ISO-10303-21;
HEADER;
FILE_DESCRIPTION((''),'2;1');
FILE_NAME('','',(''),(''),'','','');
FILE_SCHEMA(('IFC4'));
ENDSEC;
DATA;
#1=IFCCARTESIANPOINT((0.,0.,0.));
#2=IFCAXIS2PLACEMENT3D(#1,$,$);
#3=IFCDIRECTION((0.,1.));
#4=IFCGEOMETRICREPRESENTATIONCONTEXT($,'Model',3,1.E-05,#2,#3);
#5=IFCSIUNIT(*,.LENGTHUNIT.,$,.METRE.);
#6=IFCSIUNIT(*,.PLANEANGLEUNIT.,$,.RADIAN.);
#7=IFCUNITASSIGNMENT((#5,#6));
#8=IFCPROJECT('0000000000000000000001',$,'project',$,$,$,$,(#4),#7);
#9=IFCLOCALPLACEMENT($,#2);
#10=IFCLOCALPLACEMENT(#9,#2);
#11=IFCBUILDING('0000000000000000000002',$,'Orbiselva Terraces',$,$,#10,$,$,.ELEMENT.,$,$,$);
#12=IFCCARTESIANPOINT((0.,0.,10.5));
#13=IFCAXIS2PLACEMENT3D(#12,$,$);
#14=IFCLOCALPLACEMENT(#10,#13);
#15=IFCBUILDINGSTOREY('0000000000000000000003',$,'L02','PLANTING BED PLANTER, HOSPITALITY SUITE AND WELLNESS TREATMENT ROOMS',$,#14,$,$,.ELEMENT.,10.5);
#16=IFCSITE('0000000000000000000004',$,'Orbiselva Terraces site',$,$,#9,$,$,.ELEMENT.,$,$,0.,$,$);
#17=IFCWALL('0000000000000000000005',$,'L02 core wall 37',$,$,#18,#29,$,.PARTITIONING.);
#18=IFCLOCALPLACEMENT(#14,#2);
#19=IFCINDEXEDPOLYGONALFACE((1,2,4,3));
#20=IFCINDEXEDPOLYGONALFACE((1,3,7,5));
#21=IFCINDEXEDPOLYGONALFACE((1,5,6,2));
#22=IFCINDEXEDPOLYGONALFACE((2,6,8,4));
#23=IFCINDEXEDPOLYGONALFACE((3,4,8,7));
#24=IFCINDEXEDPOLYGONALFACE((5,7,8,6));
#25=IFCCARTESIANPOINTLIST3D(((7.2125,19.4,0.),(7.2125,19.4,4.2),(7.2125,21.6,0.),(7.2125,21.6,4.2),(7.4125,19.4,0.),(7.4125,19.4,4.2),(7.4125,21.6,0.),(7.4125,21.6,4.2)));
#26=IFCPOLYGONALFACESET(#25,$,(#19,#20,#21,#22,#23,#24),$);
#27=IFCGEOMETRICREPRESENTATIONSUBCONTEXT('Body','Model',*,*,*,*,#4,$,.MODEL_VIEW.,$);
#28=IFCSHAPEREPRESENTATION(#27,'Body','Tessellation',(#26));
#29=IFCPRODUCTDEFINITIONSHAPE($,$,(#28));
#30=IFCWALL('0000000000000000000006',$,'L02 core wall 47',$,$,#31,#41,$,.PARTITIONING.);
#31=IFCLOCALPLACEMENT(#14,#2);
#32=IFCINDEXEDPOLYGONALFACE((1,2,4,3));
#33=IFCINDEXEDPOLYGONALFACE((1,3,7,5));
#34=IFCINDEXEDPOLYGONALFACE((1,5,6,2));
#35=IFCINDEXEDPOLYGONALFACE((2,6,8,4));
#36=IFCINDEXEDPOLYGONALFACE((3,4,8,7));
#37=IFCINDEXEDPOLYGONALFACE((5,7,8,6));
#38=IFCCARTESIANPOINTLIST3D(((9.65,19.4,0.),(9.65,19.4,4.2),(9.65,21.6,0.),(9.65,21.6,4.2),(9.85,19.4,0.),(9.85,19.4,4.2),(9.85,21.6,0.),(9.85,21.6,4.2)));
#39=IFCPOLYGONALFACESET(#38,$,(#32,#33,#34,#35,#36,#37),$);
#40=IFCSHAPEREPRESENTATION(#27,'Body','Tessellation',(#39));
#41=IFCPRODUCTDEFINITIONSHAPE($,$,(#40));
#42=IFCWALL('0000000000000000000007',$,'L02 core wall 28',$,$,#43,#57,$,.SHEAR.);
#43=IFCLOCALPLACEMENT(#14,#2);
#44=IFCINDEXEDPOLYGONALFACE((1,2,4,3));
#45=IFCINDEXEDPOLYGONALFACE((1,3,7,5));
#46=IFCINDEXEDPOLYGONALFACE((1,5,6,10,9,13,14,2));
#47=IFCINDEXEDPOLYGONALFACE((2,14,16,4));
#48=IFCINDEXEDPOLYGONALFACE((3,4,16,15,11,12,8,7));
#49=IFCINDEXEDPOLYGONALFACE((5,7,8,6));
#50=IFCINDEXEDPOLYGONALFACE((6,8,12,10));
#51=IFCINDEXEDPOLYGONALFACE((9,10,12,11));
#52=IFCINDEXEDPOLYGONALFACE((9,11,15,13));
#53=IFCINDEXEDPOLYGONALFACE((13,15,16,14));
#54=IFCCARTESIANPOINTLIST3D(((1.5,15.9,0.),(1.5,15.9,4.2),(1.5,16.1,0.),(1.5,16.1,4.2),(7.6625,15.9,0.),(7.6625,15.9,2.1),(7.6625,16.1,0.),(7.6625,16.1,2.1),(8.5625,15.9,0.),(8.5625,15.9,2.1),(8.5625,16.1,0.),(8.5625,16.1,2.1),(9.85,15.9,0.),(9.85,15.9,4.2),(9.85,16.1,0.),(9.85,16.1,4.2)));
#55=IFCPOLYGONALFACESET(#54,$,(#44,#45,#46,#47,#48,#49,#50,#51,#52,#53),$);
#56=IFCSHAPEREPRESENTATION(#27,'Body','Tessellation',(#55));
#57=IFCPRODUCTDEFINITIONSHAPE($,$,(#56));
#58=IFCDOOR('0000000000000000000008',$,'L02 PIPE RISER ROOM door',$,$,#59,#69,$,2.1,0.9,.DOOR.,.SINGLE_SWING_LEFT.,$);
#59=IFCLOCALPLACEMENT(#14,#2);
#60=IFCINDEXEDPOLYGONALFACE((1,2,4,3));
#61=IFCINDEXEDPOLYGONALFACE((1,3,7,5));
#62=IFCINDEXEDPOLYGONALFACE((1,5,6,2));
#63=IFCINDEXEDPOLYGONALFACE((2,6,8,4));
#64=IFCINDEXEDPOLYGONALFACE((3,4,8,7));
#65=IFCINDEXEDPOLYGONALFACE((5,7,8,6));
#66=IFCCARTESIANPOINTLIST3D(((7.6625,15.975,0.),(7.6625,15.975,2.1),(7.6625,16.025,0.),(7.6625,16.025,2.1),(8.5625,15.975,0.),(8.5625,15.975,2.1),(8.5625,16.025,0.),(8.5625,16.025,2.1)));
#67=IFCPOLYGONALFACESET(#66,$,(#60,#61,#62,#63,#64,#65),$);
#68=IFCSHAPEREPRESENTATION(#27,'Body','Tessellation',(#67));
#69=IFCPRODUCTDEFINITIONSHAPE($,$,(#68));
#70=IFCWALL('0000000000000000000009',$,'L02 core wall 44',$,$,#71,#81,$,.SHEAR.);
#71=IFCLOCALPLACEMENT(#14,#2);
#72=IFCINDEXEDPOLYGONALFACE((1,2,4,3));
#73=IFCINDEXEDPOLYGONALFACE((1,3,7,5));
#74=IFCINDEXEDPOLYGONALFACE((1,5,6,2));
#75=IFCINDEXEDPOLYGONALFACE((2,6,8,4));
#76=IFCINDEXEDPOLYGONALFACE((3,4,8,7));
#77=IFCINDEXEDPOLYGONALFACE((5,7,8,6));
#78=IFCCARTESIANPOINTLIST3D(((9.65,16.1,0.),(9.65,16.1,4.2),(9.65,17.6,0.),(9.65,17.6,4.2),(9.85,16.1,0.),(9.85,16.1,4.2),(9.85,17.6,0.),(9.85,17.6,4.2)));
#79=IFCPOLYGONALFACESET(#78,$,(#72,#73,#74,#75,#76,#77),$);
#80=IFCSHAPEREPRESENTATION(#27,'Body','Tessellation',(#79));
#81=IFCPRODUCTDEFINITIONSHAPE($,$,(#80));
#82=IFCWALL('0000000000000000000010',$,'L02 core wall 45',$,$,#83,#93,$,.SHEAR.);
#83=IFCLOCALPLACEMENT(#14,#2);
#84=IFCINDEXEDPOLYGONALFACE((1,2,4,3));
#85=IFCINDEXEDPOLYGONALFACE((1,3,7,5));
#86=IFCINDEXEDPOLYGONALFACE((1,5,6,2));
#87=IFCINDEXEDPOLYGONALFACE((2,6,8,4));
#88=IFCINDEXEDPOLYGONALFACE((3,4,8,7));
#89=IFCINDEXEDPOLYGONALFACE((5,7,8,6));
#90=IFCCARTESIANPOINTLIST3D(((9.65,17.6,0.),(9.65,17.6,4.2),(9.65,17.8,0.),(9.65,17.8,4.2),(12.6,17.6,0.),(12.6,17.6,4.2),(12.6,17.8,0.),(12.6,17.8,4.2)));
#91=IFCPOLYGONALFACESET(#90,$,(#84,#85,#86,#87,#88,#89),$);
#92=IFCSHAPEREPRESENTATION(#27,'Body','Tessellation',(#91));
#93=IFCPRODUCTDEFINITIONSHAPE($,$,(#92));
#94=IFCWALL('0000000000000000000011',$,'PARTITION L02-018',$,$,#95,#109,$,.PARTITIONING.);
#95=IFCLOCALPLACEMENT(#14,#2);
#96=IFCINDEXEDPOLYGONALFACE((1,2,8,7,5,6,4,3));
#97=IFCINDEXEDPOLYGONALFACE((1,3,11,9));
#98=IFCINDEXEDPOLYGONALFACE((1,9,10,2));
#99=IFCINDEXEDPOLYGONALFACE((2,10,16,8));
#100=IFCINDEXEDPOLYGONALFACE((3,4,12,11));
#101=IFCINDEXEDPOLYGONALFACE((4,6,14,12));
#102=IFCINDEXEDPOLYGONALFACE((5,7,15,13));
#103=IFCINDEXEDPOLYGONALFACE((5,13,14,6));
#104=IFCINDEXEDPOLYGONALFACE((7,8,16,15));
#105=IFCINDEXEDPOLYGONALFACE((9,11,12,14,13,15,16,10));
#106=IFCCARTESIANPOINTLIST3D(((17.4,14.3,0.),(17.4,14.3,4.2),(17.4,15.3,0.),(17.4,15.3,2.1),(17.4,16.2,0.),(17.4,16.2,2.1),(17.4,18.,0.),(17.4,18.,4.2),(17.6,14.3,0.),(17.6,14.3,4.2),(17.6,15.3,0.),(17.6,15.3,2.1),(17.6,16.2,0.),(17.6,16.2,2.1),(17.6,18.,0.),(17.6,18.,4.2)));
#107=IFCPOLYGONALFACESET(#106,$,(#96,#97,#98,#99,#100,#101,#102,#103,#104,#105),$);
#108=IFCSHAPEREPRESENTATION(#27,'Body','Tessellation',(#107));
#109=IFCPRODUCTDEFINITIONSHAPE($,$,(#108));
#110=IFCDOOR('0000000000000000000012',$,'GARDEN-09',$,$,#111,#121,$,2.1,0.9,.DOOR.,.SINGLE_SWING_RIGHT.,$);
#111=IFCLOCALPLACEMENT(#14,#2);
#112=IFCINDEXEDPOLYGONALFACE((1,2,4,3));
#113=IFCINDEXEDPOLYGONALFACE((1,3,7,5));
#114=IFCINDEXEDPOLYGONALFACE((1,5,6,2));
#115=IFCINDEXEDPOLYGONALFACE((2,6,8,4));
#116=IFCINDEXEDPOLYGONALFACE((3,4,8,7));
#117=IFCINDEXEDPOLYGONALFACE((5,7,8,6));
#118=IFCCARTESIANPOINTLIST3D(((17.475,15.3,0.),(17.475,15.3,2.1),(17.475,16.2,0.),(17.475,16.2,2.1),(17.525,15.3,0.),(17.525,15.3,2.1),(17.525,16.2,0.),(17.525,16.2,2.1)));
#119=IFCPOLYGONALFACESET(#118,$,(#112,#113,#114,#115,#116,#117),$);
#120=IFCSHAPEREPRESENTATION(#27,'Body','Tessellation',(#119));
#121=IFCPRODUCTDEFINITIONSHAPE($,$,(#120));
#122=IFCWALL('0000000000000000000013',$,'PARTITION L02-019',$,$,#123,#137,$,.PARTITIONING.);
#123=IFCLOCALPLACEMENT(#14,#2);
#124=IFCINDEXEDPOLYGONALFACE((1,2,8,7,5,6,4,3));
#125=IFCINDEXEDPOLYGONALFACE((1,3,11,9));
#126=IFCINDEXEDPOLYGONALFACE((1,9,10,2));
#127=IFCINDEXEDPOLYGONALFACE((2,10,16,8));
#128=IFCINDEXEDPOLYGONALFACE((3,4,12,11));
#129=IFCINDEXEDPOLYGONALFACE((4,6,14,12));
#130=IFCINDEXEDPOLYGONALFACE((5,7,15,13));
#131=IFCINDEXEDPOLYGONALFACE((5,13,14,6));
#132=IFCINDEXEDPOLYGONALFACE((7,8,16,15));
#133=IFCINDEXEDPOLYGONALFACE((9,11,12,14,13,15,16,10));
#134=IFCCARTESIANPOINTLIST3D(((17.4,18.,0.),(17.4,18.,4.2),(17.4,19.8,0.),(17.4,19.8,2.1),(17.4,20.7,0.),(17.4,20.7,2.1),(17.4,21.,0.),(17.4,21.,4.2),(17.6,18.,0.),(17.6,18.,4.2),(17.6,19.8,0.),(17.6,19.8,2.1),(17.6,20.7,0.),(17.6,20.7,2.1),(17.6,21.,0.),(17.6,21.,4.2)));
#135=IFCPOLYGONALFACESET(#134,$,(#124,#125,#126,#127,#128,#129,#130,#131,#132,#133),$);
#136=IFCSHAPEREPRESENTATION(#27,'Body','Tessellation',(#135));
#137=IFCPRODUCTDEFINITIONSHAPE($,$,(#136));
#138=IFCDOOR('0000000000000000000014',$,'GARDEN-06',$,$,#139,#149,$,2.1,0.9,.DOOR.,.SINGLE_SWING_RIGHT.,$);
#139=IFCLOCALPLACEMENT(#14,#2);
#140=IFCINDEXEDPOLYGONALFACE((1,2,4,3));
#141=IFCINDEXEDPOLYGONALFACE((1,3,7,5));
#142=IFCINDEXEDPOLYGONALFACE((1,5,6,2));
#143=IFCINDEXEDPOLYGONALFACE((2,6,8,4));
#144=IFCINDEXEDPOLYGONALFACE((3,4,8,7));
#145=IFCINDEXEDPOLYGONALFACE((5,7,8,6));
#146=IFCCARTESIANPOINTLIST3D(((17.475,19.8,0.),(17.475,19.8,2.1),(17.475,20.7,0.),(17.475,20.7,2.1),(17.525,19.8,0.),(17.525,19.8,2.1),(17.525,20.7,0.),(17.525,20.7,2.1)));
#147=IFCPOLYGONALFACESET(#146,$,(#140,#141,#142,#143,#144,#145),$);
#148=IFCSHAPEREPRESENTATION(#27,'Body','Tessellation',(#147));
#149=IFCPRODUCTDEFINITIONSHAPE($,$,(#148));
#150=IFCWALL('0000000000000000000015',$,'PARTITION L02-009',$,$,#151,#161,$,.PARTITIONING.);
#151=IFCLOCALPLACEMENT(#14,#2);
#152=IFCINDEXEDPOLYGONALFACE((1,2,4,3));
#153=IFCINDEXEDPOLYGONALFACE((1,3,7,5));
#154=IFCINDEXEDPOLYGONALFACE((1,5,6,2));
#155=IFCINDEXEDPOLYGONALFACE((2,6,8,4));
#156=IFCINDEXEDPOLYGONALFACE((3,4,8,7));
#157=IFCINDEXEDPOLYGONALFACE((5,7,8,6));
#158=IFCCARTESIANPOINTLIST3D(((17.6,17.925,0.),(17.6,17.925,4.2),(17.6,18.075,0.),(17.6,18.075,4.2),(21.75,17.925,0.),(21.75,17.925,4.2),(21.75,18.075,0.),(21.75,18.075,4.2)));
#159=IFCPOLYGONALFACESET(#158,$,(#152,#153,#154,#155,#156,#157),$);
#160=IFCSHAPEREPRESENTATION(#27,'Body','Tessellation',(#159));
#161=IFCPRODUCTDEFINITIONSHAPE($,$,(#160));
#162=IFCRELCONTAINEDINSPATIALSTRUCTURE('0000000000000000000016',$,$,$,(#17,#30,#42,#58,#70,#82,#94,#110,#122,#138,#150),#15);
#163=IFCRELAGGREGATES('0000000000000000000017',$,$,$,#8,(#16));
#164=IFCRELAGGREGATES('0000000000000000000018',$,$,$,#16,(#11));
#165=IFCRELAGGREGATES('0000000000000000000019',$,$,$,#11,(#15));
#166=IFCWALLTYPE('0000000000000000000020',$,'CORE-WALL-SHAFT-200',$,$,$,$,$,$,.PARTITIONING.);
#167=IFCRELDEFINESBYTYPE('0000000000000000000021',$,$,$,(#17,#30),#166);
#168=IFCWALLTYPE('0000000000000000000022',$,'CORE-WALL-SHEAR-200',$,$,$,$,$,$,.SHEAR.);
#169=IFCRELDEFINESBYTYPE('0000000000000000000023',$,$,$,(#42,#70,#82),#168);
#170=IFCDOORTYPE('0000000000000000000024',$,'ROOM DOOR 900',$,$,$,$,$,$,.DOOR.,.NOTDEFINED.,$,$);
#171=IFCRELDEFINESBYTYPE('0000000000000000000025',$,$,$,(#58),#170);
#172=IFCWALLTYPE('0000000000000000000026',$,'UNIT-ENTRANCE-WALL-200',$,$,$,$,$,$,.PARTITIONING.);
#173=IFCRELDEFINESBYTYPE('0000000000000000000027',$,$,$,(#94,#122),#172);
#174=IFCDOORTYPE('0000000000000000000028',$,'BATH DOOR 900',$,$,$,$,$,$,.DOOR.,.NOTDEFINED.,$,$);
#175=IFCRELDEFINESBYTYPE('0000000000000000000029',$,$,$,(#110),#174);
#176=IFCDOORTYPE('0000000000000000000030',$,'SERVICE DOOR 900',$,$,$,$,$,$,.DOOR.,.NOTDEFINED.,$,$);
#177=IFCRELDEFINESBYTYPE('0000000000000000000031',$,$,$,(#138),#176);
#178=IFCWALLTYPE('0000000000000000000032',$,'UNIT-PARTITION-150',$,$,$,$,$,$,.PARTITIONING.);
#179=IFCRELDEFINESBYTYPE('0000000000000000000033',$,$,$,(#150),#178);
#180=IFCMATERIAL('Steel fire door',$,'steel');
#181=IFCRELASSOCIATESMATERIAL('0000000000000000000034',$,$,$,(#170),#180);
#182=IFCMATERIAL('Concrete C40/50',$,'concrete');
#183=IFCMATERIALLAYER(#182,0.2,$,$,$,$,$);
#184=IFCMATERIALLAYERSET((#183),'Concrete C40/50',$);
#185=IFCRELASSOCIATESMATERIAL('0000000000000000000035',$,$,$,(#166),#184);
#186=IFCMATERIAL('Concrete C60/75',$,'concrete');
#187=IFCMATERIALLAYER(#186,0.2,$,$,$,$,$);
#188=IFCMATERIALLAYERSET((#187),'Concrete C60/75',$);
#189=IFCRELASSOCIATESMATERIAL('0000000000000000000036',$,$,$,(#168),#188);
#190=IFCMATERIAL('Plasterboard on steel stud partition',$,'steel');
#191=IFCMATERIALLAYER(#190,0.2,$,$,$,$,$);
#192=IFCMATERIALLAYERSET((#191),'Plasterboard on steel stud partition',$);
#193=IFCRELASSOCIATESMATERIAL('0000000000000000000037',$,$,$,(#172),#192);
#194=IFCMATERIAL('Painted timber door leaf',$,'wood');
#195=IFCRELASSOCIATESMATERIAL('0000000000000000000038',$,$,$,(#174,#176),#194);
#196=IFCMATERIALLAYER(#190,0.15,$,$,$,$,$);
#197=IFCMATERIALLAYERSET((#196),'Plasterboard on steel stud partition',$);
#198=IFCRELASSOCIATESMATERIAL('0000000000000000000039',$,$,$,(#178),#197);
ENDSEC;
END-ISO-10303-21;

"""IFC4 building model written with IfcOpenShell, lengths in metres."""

from ifc_helpers import new_model, si_unit, direction, frame, frame_2d, origin, place, context, subcontext, project, spatial, rectangle, extrude, material, layer, layer_set, type_object, element, fill, save


model = new_model("IFC4")

# Units and contexts
model_context = context("Model", 3, precision=1e-05, world=origin(), true_north=direction((0.0, 1.0)))
body_context = subcontext(model_context, "Body", "Model", "MODEL_VIEW")
ifc_project = project(units=[si_unit("LENGTHUNIT", "METRE"), si_unit("PLANEANGLEUNIT", "RADIAN")], contexts=[model_context])

# Site, building, storey
site_placement = place(None, origin())
site = spatial("IfcSite", under=ifc_project, at=site_placement, Name="Orbiselva Terraces site", CompositionType="ELEMENT", RefElevation=0.0)
building_placement = place(site_placement, origin())
building = spatial("IfcBuilding", under=site, at=building_placement, Name="Orbiselva Terraces", CompositionType="ELEMENT")
storey_placement = place(building_placement, frame((0.0, 0.0, 10.5)))
storey = spatial("IfcBuildingStorey", under=building, at=storey_placement, Name="L02", Description="PLANTING BED PLANTER, HOSPITALITY SUITE AND WELLNESS TREATMENT ROOMS", CompositionType="ELEMENT", Elevation=10.5)

# Shared definitions
ifc_material_1 = material(Name="Steel fire door", Category="steel")
door_type_1 = type_object("IfcDoorType", Name="ROOM DOOR 900", OperationType="NOTDEFINED", PredefinedType="DOOR", material=ifc_material_1)

# Walls
ifc_material_2 = material(Name="Concrete C40/50", Category="concrete")
ifc_layer_1 = layer(ifc_material_2, 0.2)
ifc_layer_set_1 = layer_set([ifc_layer_1], Name="Concrete C40/50")
wall_type_1 = type_object("IfcWallType", Name="CORE-WALL-SHAFT-200", PredefinedType="PARTITIONING", material=ifc_layer_set_1)
for number, where, z_axis, x_axis, name in (
    (1, (7.3125, 19.4, 0.0), (0.0, 0.0, 1.0), (0.0, 1.0, 0.0), "L02 core wall 37"),
    (2, (9.75, 19.4, 0.0), (0.0, 0.0, 1.0), (0.0, 1.0, 0.0), "L02 core wall 47"),
):
    element("IfcWall", number, at=place(storey_placement, frame(where, z_axis=z_axis, x_axis=x_axis)), inside=storey, type_object=wall_type_1, Name=name, PredefinedType="PARTITIONING", context=body_context, shape_type="SweptSolid", body=[
        extrude(rectangle(XDim=2.2, YDim=0.2, at=frame_2d((1.1, 0.0))), origin(), (0.0, 0.0, 1.0), 4.2),
    ])

# Wall, opening, door
ifc_material_3 = material(Name="Concrete C60/75", Category="concrete")
ifc_layer_2 = layer(ifc_material_3, 0.2)
ifc_layer_set_2 = layer_set([ifc_layer_2], Name="Concrete C60/75")
wall_type_2 = type_object("IfcWallType", Name="CORE-WALL-SHEAR-200", PredefinedType="SHEAR", material=ifc_layer_set_2)
wall_1_placement = place(storey_placement, frame((9.85, 16.0, 0.0), z_axis=(0.0, 0.0, 1.0), x_axis=(-1.0, 0.0, 0.0)))
wall_1 = element("IfcWall", 3, at=wall_1_placement, inside=storey, type_object=wall_type_2, Name="L02 core wall 28", PredefinedType="SHEAR", context=body_context, shape_type="SweptSolid", body=[
    extrude(rectangle(XDim=8.35, YDim=0.2, at=frame_2d((4.175, 0.0))), origin(), (0.0, 0.0, 1.0), 4.2),
])
opening_1_placement = place(wall_1_placement, frame((1.2875, 0.0, 0.0)))
opening_1 = element("IfcOpeningElement", 4, at=opening_1_placement, cuts=wall_1, PredefinedType="OPENING", context=body_context, shape_type="SweptSolid", body=[
    extrude(rectangle(XDim=0.9, YDim=2.1, at=frame_2d((0.45, 1.05))), frame((0.0, 0.11, 0.0), z_axis=(0.0, -1.0, 0.0), x_axis=(1.0, 0.0, 0.0)), (0.0, 0.0, 1.0), 0.22),
])
door_1_placement = place(opening_1_placement, origin())
door_1 = element("IfcDoor", 5, at=door_1_placement, inside=storey, type_object=door_type_1, Name="L02 PIPE RISER ROOM door", OperationType="SINGLE_SWING_LEFT", OverallHeight=2.1, OverallWidth=0.9, PredefinedType="DOOR", context=body_context, shape_type="SweptSolid", body=[
    extrude(rectangle(XDim=0.9, YDim=2.1, at=frame_2d((0.45, 1.05))), frame((0.0, 0.025, 0.0), z_axis=(0.0, -1.0, 0.0), x_axis=(1.0, 0.0, 0.0)), (0.0, 0.0, 1.0), 0.05),
])
fill(opening_1, door_1)

# Walls
wall_2_placement = place(storey_placement, frame((9.75, 16.1, 0.0), z_axis=(0.0, 0.0, 1.0), x_axis=(0.0, 1.0, 0.0)))
element("IfcWall", 6, at=wall_2_placement, inside=storey, type_object=wall_type_2, Name="L02 core wall 44", PredefinedType="SHEAR", context=body_context, shape_type="SweptSolid", body=[
    extrude(rectangle(XDim=1.5, YDim=0.2, at=frame_2d((0.75, 0.0))), origin(), (0.0, 0.0, 1.0), 4.2),
])
wall_3_placement = place(storey_placement, frame((9.65, 17.7, 0.0), z_axis=(0.0, 0.0, 1.0), x_axis=(1.0, 0.0, 0.0)))
element("IfcWall", 7, at=wall_3_placement, inside=storey, type_object=wall_type_2, Name="L02 core wall 45", PredefinedType="SHEAR", context=body_context, shape_type="SweptSolid", body=[
    extrude(rectangle(XDim=2.95, YDim=0.2, at=frame_2d((1.475, 0.0))), origin(), (0.0, 0.0, 1.0), 4.2),
])

# Walls, openings, doors
ifc_material_4 = material(Name="Plasterboard on steel stud partition", Category="steel")
ifc_layer_3 = layer(ifc_material_4, 0.2)
ifc_layer_set_3 = layer_set([ifc_layer_3], Name="Plasterboard on steel stud partition")
wall_type_3 = type_object("IfcWallType", Name="UNIT-ENTRANCE-WALL-200", PredefinedType="PARTITIONING", material=ifc_layer_set_3)
wall_4_placement = place(storey_placement, frame((17.5, 18.0, 0.0), z_axis=(0.0, 0.0, 1.0), x_axis=(0.0, -1.0, 0.0)))
wall_4 = element("IfcWall", 8, at=wall_4_placement, inside=storey, type_object=wall_type_3, Name="PARTITION L02-018", PredefinedType="PARTITIONING", context=body_context, shape_type="SweptSolid", body=[
    extrude(rectangle(XDim=3.7, YDim=0.2, at=frame_2d((1.85, 0.0))), origin(), (0.0, 0.0, 1.0), 4.2),
])
opening_2_placement = place(wall_4_placement, frame((1.8, 0.0, 0.0)))
opening_2 = element("IfcOpeningElement", 9, at=opening_2_placement, cuts=wall_4, PredefinedType="OPENING", context=body_context, shape_type="SweptSolid", body=[
    extrude(rectangle(XDim=0.9, YDim=2.1, at=frame_2d((0.45, 1.05))), frame((0.0, 0.11, 0.0), z_axis=(0.0, -1.0, 0.0), x_axis=(1.0, 0.0, 0.0)), (0.0, 0.0, 1.0), 0.22),
])
ifc_material_5 = material(Name="Painted timber door leaf", Category="wood")
door_type_2 = type_object("IfcDoorType", Name="BATH DOOR 900", OperationType="NOTDEFINED", PredefinedType="DOOR", material=ifc_material_5)
door_2_placement = place(opening_2_placement, origin())
door_2 = element("IfcDoor", 10, at=door_2_placement, inside=storey, type_object=door_type_2, Name="GARDEN-09", OperationType="SINGLE_SWING_RIGHT", OverallHeight=2.1, OverallWidth=0.9, PredefinedType="DOOR", context=body_context, shape_type="SweptSolid", body=[
    extrude(rectangle(XDim=0.9, YDim=2.1, at=frame_2d((0.45, 1.05))), frame((0.0, 0.025, 0.0), z_axis=(0.0, -1.0, 0.0), x_axis=(1.0, 0.0, 0.0)), (0.0, 0.0, 1.0), 0.05),
])
fill(opening_2, door_2)
wall_5_placement = place(storey_placement, frame((17.5, 18.0, 0.0), z_axis=(0.0, 0.0, 1.0), x_axis=(0.0, 1.0, 0.0)))
wall_5 = element("IfcWall", 11, at=wall_5_placement, inside=storey, type_object=wall_type_3, Name="PARTITION L02-019", PredefinedType="PARTITIONING", context=body_context, shape_type="SweptSolid", body=[
    extrude(rectangle(XDim=3.0, YDim=0.2, at=frame_2d((1.5, 0.0))), origin(), (0.0, 0.0, 1.0), 4.2),
])
opening_3_placement = place(wall_5_placement, frame((1.8, 0.0, 0.0)))
opening_3 = element("IfcOpeningElement", 12, at=opening_3_placement, cuts=wall_5, PredefinedType="OPENING", context=body_context, shape_type="SweptSolid", body=[
    extrude(rectangle(XDim=0.9, YDim=2.1, at=frame_2d((0.45, 1.05))), frame((0.0, 0.11, 0.0), z_axis=(0.0, -1.0, 0.0), x_axis=(1.0, 0.0, 0.0)), (0.0, 0.0, 1.0), 0.22),
])
door_type_3 = type_object("IfcDoorType", Name="SERVICE DOOR 900", OperationType="NOTDEFINED", PredefinedType="DOOR", material=ifc_material_5)
door_3_placement = place(opening_3_placement, origin())
door_3 = element("IfcDoor", 13, at=door_3_placement, inside=storey, type_object=door_type_3, Name="GARDEN-06", OperationType="SINGLE_SWING_RIGHT", OverallHeight=2.1, OverallWidth=0.9, PredefinedType="DOOR", context=body_context, shape_type="SweptSolid", body=[
    extrude(rectangle(XDim=0.9, YDim=2.1, at=frame_2d((0.45, 1.05))), frame((0.0, 0.025, 0.0), z_axis=(0.0, -1.0, 0.0), x_axis=(1.0, 0.0, 0.0)), (0.0, 0.0, 1.0), 0.05),
])
fill(opening_3, door_3)

# Wall
ifc_layer_4 = layer(ifc_material_4, 0.15)
ifc_layer_set_4 = layer_set([ifc_layer_4], Name="Plasterboard on steel stud partition")
wall_type_4 = type_object("IfcWallType", Name="UNIT-PARTITION-150", PredefinedType="PARTITIONING", material=ifc_layer_set_4)
wall_6_placement = place(storey_placement, frame((17.6, 18.0, 0.0), z_axis=(0.0, 0.0, 1.0), x_axis=(1.0, 0.0, 0.0)))
element("IfcWall", 14, at=wall_6_placement, inside=storey, type_object=wall_type_4, Name="PARTITION L02-009", PredefinedType="PARTITIONING", context=body_context, shape_type="SweptSolid", body=[
    extrude(rectangle(XDim=4.15, YDim=0.15, at=frame_2d((2.075, 0.0))), origin(), (0.0, 0.0, 1.0), 4.2),
])

save(model, "model.ifc")
